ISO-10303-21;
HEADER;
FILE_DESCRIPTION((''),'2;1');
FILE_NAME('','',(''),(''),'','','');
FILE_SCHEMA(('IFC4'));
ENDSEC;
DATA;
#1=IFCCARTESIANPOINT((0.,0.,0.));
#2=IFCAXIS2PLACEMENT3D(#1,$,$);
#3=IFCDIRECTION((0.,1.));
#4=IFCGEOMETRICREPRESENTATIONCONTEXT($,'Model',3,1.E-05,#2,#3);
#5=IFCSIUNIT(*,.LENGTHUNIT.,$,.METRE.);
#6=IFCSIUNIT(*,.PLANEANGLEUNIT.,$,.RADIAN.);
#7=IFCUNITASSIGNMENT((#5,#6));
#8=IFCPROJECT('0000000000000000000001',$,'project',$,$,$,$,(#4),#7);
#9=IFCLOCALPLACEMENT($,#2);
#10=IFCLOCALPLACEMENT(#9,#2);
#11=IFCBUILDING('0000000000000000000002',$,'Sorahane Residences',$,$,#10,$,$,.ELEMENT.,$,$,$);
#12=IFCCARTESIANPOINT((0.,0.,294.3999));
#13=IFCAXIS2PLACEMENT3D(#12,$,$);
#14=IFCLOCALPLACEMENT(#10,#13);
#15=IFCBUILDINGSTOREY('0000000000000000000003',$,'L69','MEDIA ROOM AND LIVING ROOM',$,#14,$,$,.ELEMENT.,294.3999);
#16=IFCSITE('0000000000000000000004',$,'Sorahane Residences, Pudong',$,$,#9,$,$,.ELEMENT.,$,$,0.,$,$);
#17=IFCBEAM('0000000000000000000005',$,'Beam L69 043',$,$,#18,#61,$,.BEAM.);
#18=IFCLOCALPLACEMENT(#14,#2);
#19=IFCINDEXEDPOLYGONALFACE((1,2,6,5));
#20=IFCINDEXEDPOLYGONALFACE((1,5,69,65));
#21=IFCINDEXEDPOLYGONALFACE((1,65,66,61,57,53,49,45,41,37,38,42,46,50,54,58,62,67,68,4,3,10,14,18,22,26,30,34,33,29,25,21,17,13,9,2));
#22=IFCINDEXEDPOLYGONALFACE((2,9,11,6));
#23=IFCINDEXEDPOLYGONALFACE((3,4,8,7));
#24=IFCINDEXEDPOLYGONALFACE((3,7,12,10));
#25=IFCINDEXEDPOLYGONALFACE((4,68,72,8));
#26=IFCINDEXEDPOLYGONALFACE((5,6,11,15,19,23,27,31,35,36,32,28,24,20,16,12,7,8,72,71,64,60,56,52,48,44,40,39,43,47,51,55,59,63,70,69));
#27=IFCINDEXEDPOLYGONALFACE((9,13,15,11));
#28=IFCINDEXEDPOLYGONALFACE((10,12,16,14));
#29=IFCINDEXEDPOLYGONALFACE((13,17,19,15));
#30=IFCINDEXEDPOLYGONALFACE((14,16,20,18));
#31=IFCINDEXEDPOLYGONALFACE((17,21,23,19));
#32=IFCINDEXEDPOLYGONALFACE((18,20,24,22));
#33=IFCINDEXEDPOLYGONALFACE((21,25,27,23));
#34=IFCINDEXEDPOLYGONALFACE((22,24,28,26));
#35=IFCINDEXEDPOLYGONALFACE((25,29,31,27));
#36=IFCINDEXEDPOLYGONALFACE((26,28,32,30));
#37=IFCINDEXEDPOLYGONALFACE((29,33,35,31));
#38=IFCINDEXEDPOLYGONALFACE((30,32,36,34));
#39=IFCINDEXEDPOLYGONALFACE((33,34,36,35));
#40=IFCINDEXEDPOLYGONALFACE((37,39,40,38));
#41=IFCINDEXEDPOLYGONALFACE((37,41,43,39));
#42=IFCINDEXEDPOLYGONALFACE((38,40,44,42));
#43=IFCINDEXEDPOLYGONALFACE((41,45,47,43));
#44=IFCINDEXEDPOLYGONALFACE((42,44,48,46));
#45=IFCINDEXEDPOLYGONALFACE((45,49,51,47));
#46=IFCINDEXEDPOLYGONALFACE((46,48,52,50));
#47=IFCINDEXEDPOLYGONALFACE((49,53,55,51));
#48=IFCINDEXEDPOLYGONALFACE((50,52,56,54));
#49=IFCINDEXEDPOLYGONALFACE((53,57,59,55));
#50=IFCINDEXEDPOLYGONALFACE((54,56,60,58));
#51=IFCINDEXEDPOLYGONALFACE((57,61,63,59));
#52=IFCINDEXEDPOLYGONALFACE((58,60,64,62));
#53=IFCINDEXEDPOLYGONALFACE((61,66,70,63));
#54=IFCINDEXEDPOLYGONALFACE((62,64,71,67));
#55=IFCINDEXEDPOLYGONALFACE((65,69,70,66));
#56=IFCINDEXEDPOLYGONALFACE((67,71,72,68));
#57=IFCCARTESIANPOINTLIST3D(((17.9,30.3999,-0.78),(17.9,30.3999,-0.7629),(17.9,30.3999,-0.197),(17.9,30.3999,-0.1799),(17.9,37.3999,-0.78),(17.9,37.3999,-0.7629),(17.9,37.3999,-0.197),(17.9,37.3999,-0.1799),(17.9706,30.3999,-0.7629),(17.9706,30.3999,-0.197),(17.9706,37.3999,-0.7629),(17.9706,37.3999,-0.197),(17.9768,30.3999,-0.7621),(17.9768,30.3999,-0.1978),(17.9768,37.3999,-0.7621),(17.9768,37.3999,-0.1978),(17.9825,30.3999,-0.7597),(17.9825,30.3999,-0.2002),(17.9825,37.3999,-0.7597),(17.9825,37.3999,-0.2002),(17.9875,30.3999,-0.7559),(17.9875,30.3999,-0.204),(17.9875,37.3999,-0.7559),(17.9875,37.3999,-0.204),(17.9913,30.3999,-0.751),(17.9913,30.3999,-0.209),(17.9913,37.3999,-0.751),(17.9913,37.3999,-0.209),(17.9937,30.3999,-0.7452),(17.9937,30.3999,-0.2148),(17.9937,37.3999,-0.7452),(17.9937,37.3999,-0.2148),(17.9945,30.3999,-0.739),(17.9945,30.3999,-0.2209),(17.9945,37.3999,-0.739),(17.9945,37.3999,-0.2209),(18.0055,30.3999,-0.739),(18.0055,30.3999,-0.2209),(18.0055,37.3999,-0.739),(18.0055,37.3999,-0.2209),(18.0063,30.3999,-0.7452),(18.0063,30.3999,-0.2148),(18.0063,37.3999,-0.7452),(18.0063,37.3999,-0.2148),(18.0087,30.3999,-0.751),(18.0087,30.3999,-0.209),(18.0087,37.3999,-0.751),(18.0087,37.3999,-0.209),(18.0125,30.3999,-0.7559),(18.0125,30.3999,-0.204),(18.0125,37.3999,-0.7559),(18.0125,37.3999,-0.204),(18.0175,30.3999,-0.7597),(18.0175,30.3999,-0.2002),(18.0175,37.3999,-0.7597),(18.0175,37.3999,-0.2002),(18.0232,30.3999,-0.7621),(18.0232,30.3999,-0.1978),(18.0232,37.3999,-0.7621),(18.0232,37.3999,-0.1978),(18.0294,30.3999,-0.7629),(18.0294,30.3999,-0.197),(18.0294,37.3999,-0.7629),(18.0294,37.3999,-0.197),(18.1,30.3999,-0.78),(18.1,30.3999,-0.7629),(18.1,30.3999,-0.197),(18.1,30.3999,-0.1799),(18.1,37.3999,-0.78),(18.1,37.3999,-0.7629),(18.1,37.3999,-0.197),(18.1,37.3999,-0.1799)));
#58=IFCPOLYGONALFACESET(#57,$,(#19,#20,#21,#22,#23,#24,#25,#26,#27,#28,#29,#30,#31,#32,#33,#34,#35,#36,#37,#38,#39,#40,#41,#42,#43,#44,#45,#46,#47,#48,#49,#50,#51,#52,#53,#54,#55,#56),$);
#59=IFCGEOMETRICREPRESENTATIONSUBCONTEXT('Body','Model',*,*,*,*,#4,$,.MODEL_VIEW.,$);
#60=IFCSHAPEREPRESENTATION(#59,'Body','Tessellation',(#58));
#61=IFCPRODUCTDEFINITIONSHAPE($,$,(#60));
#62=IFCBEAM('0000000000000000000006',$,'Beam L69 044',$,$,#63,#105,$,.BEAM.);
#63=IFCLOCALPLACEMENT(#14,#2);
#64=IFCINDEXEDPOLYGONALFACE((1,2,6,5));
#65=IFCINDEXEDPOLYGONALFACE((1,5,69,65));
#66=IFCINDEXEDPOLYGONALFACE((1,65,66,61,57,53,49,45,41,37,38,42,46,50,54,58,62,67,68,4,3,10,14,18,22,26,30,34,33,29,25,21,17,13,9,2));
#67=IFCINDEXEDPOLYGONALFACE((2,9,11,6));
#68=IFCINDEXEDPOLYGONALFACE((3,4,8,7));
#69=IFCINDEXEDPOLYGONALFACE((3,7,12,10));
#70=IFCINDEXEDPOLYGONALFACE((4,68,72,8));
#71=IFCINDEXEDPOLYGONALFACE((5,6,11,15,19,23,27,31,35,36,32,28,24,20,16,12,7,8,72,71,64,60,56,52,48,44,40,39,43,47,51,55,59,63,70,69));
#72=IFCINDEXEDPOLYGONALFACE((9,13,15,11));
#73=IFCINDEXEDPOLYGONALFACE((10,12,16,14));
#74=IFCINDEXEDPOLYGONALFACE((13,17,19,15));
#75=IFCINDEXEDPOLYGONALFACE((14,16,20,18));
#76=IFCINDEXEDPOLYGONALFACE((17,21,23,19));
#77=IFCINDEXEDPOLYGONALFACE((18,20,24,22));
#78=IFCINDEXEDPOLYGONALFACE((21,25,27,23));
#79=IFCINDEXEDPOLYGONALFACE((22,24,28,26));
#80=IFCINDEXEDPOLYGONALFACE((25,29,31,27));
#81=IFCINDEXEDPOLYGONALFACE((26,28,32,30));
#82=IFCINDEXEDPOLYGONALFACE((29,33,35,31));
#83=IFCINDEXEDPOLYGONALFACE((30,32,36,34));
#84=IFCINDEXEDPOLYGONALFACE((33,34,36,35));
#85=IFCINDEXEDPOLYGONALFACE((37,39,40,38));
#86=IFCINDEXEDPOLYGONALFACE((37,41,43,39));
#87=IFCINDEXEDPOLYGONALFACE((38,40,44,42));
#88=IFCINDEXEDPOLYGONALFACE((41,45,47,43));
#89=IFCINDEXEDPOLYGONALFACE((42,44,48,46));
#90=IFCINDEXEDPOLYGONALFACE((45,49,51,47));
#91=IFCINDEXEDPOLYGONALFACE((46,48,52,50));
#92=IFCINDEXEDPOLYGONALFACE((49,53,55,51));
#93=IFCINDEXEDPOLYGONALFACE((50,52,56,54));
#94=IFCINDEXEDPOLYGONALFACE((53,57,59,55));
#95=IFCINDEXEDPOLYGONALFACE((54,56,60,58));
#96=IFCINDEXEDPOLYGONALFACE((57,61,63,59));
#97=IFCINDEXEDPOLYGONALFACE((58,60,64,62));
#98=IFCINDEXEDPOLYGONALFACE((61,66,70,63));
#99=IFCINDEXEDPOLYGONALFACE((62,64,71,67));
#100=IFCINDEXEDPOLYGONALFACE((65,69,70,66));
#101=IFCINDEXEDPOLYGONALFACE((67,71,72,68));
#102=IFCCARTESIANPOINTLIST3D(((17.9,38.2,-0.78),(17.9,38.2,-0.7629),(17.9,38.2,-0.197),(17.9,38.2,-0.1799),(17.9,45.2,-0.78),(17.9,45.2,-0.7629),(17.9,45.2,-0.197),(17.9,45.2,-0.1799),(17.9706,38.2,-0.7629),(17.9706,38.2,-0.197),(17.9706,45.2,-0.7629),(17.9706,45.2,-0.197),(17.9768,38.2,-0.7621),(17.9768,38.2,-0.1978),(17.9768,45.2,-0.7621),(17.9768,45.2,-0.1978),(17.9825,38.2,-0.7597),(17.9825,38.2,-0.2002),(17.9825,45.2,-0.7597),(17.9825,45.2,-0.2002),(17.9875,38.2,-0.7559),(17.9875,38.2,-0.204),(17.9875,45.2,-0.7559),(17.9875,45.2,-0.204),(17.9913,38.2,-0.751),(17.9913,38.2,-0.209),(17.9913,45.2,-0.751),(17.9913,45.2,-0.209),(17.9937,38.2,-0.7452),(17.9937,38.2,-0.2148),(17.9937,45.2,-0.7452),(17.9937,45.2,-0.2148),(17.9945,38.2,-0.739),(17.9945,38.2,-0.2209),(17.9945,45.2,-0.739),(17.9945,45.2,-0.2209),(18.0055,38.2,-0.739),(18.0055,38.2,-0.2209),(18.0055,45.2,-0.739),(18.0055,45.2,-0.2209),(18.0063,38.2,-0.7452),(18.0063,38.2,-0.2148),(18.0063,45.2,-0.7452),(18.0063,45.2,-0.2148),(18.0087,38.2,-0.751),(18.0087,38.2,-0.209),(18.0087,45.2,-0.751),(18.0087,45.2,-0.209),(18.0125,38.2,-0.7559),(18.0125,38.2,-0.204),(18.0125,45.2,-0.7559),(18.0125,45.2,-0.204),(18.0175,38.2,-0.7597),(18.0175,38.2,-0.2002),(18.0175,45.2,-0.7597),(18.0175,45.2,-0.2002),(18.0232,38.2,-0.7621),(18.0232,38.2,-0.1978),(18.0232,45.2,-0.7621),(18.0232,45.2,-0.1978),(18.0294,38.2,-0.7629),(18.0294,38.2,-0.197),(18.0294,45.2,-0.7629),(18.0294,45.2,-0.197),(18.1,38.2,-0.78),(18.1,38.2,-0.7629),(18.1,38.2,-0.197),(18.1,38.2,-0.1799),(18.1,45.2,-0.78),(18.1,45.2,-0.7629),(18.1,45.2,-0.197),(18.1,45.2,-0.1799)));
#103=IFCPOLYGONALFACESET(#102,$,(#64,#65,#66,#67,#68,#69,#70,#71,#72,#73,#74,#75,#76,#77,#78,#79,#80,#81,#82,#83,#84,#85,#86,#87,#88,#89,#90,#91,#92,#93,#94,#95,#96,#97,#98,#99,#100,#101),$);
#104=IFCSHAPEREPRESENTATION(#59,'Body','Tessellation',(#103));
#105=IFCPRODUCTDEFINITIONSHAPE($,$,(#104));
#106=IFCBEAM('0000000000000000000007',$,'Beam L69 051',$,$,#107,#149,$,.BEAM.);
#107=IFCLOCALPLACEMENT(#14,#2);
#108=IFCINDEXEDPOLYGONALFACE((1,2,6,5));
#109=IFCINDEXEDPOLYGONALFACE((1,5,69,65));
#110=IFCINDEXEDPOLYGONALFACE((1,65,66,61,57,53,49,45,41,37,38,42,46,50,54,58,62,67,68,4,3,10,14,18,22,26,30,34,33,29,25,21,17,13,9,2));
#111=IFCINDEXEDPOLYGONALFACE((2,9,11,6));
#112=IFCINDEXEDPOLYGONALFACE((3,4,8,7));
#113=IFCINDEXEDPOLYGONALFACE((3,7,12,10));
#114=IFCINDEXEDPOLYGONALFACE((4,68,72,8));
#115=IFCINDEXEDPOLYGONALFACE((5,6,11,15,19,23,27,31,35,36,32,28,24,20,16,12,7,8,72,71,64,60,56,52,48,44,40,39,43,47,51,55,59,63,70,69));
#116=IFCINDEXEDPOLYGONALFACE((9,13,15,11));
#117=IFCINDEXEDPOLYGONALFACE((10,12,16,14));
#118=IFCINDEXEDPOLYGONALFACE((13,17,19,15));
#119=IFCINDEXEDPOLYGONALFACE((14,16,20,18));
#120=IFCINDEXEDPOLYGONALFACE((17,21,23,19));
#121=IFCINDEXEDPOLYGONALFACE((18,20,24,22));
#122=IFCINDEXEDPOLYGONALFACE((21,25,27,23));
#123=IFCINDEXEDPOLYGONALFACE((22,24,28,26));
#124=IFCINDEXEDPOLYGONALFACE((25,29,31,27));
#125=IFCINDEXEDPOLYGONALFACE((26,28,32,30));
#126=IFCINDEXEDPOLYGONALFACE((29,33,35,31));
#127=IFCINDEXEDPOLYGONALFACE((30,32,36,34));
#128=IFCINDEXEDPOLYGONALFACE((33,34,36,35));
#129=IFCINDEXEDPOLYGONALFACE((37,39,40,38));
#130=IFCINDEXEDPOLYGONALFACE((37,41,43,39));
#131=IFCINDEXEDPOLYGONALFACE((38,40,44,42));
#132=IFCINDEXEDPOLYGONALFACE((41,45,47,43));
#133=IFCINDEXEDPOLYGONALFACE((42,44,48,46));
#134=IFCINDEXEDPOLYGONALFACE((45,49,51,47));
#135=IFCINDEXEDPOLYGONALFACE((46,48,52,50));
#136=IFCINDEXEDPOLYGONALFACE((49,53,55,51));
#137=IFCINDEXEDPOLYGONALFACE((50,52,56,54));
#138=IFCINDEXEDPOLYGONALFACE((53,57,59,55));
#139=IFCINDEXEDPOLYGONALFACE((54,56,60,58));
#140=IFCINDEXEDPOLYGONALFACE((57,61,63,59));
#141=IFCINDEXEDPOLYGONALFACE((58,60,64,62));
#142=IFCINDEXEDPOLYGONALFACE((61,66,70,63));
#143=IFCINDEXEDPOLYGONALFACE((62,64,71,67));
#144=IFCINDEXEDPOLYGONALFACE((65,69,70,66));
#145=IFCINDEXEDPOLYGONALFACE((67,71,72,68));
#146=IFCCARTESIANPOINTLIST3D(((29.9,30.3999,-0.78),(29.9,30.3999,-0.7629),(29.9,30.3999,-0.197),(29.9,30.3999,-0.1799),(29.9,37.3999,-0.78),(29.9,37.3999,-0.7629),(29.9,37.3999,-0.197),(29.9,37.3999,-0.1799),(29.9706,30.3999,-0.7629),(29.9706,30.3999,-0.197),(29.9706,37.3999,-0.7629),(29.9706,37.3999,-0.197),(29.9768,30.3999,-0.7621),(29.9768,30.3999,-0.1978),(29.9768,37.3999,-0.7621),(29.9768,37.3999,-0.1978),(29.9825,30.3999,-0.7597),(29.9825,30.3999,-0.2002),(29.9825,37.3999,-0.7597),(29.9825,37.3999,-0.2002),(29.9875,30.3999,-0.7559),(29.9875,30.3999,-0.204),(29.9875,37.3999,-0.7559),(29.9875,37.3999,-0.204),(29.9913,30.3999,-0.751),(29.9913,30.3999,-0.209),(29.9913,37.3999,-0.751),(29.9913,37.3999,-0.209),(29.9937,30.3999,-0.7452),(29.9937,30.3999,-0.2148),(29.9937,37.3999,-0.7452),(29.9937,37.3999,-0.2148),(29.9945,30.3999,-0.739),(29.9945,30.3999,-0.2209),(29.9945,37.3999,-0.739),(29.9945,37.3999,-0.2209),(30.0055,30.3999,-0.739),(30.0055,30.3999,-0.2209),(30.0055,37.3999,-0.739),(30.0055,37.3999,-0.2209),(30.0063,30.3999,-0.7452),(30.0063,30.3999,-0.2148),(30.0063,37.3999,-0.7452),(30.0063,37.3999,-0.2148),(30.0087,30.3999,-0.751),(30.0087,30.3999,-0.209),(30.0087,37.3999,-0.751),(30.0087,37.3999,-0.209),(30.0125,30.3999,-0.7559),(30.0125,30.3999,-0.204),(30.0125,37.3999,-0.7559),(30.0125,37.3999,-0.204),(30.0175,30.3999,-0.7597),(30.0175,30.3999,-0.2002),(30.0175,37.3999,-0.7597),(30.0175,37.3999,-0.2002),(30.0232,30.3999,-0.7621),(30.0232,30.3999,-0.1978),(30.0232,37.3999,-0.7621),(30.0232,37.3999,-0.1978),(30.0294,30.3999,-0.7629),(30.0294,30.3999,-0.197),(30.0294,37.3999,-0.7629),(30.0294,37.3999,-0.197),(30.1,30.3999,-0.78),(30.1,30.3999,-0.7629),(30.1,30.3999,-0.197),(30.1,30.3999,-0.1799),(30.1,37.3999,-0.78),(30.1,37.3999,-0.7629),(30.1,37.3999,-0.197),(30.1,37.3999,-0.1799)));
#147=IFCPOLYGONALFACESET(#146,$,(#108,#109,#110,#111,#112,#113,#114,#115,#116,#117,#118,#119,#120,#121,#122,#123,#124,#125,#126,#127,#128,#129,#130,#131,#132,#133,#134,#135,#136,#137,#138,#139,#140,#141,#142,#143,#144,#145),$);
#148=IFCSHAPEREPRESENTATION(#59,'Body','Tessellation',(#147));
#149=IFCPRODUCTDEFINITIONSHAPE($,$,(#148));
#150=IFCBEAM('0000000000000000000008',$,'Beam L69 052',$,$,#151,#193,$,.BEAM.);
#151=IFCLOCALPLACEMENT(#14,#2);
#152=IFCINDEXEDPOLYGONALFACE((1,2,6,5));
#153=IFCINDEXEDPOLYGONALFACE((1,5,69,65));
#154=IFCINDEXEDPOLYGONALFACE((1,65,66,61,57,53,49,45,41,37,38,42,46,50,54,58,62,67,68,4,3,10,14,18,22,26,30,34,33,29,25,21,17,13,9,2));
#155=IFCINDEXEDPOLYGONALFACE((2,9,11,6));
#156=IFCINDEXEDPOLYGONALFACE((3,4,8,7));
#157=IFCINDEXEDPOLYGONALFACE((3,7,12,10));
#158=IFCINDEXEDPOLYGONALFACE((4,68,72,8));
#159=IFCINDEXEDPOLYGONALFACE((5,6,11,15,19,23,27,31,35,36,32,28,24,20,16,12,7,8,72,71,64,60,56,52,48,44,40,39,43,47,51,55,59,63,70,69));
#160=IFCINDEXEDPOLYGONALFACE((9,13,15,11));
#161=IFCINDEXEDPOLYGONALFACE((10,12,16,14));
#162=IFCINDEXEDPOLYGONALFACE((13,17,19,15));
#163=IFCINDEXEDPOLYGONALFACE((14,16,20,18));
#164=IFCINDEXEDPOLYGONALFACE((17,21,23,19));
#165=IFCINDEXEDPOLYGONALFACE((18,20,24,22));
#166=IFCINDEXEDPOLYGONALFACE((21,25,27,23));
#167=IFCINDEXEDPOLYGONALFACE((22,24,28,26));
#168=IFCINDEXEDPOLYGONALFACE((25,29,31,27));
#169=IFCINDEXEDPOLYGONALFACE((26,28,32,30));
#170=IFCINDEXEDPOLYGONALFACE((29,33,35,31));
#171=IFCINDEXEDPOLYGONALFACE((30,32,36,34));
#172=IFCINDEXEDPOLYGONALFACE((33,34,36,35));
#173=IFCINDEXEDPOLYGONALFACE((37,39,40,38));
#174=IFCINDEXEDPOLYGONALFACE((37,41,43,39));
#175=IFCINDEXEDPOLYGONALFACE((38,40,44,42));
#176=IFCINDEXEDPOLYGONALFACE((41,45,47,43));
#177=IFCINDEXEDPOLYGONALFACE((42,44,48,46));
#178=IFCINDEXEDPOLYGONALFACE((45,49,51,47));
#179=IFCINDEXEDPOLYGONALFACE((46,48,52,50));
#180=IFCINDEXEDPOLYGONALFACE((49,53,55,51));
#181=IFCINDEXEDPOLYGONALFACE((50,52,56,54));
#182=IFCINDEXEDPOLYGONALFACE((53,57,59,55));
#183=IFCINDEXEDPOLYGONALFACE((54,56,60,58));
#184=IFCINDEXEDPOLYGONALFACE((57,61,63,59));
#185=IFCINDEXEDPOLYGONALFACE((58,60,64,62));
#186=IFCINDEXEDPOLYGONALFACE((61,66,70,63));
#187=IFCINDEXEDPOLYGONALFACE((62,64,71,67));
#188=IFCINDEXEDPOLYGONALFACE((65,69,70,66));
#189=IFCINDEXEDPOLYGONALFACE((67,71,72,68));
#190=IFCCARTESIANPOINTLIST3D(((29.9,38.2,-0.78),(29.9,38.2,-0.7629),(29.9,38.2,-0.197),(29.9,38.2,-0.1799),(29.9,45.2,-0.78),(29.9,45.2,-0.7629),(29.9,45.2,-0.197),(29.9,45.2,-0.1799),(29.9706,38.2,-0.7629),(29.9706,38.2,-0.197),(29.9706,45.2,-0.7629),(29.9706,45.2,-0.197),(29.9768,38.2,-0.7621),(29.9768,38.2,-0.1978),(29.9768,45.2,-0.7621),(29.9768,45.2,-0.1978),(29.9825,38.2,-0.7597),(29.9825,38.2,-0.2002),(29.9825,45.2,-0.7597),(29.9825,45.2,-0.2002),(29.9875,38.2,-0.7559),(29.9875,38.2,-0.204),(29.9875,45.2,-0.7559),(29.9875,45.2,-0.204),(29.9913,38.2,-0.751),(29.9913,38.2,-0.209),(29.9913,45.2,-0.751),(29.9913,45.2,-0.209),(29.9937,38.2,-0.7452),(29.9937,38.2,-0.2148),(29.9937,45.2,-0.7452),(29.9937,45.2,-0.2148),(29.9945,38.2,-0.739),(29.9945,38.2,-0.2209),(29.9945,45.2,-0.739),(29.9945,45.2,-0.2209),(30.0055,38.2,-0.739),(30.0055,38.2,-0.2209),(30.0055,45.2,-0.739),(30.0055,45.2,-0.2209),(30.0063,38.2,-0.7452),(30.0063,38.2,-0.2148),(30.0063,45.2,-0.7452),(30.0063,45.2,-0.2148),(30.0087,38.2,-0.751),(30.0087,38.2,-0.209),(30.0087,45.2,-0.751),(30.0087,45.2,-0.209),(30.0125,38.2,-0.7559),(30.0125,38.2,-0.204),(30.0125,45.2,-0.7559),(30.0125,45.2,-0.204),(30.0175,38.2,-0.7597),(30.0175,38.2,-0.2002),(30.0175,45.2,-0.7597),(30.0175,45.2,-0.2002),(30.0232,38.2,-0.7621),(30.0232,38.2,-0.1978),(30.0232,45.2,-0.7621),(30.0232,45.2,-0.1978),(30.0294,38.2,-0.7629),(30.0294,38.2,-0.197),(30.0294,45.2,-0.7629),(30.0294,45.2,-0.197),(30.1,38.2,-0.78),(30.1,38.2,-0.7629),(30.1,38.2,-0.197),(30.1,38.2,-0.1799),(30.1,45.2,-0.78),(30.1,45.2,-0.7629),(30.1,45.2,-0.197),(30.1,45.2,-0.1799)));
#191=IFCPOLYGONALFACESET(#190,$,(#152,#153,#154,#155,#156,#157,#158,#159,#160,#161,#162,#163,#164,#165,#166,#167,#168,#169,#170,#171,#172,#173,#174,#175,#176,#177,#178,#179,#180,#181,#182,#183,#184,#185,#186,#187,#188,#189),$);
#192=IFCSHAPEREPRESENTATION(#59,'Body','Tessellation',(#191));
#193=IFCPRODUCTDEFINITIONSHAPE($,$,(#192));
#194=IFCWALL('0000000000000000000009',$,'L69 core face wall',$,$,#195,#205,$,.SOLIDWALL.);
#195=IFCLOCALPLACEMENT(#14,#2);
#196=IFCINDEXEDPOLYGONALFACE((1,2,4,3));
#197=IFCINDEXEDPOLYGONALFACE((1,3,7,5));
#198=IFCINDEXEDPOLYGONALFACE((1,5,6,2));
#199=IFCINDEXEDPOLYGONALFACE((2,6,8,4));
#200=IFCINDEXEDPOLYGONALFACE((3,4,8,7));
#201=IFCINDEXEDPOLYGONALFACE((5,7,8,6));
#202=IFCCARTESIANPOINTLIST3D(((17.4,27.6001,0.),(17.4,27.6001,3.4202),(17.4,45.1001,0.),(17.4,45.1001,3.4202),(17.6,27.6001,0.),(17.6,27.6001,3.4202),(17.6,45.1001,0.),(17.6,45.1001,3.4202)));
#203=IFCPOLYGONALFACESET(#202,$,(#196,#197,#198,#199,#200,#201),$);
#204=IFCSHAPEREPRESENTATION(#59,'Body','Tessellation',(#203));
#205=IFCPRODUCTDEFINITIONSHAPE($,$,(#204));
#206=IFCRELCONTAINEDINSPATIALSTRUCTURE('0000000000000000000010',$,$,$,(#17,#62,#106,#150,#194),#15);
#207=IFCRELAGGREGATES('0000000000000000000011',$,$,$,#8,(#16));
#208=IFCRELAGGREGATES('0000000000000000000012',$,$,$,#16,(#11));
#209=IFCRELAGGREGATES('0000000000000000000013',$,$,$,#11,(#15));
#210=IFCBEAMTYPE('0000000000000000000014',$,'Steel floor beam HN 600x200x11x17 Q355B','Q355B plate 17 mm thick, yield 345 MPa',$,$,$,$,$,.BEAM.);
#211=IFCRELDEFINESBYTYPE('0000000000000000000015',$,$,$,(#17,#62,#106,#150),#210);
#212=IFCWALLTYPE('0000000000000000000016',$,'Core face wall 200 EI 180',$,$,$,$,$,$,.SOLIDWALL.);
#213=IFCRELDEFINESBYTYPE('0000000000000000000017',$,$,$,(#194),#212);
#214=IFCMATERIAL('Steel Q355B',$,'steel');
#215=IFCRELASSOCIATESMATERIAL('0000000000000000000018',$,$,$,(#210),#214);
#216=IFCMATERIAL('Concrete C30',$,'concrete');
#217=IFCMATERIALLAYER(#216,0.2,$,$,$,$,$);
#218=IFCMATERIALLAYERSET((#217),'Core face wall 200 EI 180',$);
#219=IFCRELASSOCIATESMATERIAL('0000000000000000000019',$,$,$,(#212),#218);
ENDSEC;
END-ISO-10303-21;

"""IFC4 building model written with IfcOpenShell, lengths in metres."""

from ifc_helpers import new_model, si_unit, direction, frame, frame_2d, origin, origin_2d, place, context, subcontext, project, spatial, rectangle, i_section, extrude, material, layer, layer_set, material_profile, profile_set, type_object, element, save


model = new_model("IFC4")

# Units and contexts
model_context = context("Model", 3, precision=1e-05, world=origin(), true_north=direction((0.0, 1.0)))
body_context = subcontext(model_context, "Body", "Model", "MODEL_VIEW")
ifc_project = project(units=[si_unit("LENGTHUNIT", "METRE"), si_unit("PLANEANGLEUNIT", "RADIAN")], contexts=[model_context])

# Site, building, storey
site_placement = place(None, origin())
site = spatial("IfcSite", under=ifc_project, at=site_placement, Name="Sorahane Residences, Pudong", CompositionType="ELEMENT", RefElevation=0.0)
building_placement = place(site_placement, origin())
building = spatial("IfcBuilding", under=site, at=building_placement, Name="Sorahane Residences", CompositionType="ELEMENT")
storey_placement = place(building_placement, frame((0.0, 0.0, 294.3999)))
storey = spatial("IfcBuildingStorey", under=building, at=storey_placement, Name="L69", Description="MEDIA ROOM AND LIVING ROOM", CompositionType="ELEMENT", Elevation=294.3999)

# Beams
ifc_material_1 = material(Name="Steel Q355B", Category="steel")
ifc_material_profile_1 = material_profile(ifc_material_1, i_section(OverallWidth=0.2, OverallDepth=0.6001, WebThickness=0.011, FlangeThickness=0.0171, FilletRadius=0.0239, at=origin_2d()), Name="HN 600x200x11x17")
ifc_profile_set_1 = profile_set([ifc_material_profile_1], Name="Steel Q355B")
beam_type_1 = type_object("IfcBeamType", Name="Steel floor beam HN 600x200x11x17 Q355B", Description="Q355B plate 17 mm thick, yield 345 MPa", PredefinedType="BEAM", material=ifc_profile_set_1)
for number, where, z_axis, x_axis, name in (
    (1, (18.0, 30.3999, -0.48), (0.0, 1.0, 0.0), (-1.0, 0.0, 0.0), "Beam L69 043"),
    (2, (18.0, 38.2, -0.48), (0.0, 1.0, 0.0), (-1.0, 0.0, 0.0), "Beam L69 044"),
    (3, (30.0, 30.3999, -0.48), (0.0, 1.0, 0.0), (-1.0, 0.0, 0.0), "Beam L69 051"),
    (4, (30.0, 38.2, -0.48), (0.0, 1.0, 0.0), (-1.0, 0.0, 0.0), "Beam L69 052"),
):
    element("IfcBeam", number, at=place(storey_placement, frame(where, z_axis=z_axis, x_axis=x_axis)), inside=storey, type_object=beam_type_1, Name=name, PredefinedType="BEAM", context=body_context, shape_type="SweptSolid", body=[
        extrude(i_section(OverallWidth=0.2, OverallDepth=0.6001, WebThickness=0.011, FlangeThickness=0.0171, FilletRadius=0.0239, at=origin_2d()), origin(), (0.0, 0.0, 1.0), 7.0),
    ])

# Wall
ifc_material_2 = material(Name="Concrete C30", Category="concrete")
ifc_layer_1 = layer(ifc_material_2, 0.2)
ifc_layer_set_1 = layer_set([ifc_layer_1], Name="Core face wall 200 EI 180")
wall_type_1 = type_object("IfcWallType", Name="Core face wall 200 EI 180", PredefinedType="SOLIDWALL", material=ifc_layer_set_1)
for number, where, z_axis, x_axis, name in (
    (5, (17.5, 27.6001, 0.0), (0.0, 0.0, 1.0), (0.0, 1.0, 0.0), "L69 core face wall"),
):
    element("IfcWall", number, at=place(storey_placement, frame(where, z_axis=z_axis, x_axis=x_axis)), inside=storey, type_object=wall_type_1, Name=name, PredefinedType="SOLIDWALL", context=body_context, shape_type="SweptSolid", body=[
        extrude(rectangle(XDim=17.5, YDim=0.2, at=frame_2d((8.75, 0.0))), origin(), (0.0, 0.0, 1.0), 3.4202),
    ])

save(model, "model.ifc")
